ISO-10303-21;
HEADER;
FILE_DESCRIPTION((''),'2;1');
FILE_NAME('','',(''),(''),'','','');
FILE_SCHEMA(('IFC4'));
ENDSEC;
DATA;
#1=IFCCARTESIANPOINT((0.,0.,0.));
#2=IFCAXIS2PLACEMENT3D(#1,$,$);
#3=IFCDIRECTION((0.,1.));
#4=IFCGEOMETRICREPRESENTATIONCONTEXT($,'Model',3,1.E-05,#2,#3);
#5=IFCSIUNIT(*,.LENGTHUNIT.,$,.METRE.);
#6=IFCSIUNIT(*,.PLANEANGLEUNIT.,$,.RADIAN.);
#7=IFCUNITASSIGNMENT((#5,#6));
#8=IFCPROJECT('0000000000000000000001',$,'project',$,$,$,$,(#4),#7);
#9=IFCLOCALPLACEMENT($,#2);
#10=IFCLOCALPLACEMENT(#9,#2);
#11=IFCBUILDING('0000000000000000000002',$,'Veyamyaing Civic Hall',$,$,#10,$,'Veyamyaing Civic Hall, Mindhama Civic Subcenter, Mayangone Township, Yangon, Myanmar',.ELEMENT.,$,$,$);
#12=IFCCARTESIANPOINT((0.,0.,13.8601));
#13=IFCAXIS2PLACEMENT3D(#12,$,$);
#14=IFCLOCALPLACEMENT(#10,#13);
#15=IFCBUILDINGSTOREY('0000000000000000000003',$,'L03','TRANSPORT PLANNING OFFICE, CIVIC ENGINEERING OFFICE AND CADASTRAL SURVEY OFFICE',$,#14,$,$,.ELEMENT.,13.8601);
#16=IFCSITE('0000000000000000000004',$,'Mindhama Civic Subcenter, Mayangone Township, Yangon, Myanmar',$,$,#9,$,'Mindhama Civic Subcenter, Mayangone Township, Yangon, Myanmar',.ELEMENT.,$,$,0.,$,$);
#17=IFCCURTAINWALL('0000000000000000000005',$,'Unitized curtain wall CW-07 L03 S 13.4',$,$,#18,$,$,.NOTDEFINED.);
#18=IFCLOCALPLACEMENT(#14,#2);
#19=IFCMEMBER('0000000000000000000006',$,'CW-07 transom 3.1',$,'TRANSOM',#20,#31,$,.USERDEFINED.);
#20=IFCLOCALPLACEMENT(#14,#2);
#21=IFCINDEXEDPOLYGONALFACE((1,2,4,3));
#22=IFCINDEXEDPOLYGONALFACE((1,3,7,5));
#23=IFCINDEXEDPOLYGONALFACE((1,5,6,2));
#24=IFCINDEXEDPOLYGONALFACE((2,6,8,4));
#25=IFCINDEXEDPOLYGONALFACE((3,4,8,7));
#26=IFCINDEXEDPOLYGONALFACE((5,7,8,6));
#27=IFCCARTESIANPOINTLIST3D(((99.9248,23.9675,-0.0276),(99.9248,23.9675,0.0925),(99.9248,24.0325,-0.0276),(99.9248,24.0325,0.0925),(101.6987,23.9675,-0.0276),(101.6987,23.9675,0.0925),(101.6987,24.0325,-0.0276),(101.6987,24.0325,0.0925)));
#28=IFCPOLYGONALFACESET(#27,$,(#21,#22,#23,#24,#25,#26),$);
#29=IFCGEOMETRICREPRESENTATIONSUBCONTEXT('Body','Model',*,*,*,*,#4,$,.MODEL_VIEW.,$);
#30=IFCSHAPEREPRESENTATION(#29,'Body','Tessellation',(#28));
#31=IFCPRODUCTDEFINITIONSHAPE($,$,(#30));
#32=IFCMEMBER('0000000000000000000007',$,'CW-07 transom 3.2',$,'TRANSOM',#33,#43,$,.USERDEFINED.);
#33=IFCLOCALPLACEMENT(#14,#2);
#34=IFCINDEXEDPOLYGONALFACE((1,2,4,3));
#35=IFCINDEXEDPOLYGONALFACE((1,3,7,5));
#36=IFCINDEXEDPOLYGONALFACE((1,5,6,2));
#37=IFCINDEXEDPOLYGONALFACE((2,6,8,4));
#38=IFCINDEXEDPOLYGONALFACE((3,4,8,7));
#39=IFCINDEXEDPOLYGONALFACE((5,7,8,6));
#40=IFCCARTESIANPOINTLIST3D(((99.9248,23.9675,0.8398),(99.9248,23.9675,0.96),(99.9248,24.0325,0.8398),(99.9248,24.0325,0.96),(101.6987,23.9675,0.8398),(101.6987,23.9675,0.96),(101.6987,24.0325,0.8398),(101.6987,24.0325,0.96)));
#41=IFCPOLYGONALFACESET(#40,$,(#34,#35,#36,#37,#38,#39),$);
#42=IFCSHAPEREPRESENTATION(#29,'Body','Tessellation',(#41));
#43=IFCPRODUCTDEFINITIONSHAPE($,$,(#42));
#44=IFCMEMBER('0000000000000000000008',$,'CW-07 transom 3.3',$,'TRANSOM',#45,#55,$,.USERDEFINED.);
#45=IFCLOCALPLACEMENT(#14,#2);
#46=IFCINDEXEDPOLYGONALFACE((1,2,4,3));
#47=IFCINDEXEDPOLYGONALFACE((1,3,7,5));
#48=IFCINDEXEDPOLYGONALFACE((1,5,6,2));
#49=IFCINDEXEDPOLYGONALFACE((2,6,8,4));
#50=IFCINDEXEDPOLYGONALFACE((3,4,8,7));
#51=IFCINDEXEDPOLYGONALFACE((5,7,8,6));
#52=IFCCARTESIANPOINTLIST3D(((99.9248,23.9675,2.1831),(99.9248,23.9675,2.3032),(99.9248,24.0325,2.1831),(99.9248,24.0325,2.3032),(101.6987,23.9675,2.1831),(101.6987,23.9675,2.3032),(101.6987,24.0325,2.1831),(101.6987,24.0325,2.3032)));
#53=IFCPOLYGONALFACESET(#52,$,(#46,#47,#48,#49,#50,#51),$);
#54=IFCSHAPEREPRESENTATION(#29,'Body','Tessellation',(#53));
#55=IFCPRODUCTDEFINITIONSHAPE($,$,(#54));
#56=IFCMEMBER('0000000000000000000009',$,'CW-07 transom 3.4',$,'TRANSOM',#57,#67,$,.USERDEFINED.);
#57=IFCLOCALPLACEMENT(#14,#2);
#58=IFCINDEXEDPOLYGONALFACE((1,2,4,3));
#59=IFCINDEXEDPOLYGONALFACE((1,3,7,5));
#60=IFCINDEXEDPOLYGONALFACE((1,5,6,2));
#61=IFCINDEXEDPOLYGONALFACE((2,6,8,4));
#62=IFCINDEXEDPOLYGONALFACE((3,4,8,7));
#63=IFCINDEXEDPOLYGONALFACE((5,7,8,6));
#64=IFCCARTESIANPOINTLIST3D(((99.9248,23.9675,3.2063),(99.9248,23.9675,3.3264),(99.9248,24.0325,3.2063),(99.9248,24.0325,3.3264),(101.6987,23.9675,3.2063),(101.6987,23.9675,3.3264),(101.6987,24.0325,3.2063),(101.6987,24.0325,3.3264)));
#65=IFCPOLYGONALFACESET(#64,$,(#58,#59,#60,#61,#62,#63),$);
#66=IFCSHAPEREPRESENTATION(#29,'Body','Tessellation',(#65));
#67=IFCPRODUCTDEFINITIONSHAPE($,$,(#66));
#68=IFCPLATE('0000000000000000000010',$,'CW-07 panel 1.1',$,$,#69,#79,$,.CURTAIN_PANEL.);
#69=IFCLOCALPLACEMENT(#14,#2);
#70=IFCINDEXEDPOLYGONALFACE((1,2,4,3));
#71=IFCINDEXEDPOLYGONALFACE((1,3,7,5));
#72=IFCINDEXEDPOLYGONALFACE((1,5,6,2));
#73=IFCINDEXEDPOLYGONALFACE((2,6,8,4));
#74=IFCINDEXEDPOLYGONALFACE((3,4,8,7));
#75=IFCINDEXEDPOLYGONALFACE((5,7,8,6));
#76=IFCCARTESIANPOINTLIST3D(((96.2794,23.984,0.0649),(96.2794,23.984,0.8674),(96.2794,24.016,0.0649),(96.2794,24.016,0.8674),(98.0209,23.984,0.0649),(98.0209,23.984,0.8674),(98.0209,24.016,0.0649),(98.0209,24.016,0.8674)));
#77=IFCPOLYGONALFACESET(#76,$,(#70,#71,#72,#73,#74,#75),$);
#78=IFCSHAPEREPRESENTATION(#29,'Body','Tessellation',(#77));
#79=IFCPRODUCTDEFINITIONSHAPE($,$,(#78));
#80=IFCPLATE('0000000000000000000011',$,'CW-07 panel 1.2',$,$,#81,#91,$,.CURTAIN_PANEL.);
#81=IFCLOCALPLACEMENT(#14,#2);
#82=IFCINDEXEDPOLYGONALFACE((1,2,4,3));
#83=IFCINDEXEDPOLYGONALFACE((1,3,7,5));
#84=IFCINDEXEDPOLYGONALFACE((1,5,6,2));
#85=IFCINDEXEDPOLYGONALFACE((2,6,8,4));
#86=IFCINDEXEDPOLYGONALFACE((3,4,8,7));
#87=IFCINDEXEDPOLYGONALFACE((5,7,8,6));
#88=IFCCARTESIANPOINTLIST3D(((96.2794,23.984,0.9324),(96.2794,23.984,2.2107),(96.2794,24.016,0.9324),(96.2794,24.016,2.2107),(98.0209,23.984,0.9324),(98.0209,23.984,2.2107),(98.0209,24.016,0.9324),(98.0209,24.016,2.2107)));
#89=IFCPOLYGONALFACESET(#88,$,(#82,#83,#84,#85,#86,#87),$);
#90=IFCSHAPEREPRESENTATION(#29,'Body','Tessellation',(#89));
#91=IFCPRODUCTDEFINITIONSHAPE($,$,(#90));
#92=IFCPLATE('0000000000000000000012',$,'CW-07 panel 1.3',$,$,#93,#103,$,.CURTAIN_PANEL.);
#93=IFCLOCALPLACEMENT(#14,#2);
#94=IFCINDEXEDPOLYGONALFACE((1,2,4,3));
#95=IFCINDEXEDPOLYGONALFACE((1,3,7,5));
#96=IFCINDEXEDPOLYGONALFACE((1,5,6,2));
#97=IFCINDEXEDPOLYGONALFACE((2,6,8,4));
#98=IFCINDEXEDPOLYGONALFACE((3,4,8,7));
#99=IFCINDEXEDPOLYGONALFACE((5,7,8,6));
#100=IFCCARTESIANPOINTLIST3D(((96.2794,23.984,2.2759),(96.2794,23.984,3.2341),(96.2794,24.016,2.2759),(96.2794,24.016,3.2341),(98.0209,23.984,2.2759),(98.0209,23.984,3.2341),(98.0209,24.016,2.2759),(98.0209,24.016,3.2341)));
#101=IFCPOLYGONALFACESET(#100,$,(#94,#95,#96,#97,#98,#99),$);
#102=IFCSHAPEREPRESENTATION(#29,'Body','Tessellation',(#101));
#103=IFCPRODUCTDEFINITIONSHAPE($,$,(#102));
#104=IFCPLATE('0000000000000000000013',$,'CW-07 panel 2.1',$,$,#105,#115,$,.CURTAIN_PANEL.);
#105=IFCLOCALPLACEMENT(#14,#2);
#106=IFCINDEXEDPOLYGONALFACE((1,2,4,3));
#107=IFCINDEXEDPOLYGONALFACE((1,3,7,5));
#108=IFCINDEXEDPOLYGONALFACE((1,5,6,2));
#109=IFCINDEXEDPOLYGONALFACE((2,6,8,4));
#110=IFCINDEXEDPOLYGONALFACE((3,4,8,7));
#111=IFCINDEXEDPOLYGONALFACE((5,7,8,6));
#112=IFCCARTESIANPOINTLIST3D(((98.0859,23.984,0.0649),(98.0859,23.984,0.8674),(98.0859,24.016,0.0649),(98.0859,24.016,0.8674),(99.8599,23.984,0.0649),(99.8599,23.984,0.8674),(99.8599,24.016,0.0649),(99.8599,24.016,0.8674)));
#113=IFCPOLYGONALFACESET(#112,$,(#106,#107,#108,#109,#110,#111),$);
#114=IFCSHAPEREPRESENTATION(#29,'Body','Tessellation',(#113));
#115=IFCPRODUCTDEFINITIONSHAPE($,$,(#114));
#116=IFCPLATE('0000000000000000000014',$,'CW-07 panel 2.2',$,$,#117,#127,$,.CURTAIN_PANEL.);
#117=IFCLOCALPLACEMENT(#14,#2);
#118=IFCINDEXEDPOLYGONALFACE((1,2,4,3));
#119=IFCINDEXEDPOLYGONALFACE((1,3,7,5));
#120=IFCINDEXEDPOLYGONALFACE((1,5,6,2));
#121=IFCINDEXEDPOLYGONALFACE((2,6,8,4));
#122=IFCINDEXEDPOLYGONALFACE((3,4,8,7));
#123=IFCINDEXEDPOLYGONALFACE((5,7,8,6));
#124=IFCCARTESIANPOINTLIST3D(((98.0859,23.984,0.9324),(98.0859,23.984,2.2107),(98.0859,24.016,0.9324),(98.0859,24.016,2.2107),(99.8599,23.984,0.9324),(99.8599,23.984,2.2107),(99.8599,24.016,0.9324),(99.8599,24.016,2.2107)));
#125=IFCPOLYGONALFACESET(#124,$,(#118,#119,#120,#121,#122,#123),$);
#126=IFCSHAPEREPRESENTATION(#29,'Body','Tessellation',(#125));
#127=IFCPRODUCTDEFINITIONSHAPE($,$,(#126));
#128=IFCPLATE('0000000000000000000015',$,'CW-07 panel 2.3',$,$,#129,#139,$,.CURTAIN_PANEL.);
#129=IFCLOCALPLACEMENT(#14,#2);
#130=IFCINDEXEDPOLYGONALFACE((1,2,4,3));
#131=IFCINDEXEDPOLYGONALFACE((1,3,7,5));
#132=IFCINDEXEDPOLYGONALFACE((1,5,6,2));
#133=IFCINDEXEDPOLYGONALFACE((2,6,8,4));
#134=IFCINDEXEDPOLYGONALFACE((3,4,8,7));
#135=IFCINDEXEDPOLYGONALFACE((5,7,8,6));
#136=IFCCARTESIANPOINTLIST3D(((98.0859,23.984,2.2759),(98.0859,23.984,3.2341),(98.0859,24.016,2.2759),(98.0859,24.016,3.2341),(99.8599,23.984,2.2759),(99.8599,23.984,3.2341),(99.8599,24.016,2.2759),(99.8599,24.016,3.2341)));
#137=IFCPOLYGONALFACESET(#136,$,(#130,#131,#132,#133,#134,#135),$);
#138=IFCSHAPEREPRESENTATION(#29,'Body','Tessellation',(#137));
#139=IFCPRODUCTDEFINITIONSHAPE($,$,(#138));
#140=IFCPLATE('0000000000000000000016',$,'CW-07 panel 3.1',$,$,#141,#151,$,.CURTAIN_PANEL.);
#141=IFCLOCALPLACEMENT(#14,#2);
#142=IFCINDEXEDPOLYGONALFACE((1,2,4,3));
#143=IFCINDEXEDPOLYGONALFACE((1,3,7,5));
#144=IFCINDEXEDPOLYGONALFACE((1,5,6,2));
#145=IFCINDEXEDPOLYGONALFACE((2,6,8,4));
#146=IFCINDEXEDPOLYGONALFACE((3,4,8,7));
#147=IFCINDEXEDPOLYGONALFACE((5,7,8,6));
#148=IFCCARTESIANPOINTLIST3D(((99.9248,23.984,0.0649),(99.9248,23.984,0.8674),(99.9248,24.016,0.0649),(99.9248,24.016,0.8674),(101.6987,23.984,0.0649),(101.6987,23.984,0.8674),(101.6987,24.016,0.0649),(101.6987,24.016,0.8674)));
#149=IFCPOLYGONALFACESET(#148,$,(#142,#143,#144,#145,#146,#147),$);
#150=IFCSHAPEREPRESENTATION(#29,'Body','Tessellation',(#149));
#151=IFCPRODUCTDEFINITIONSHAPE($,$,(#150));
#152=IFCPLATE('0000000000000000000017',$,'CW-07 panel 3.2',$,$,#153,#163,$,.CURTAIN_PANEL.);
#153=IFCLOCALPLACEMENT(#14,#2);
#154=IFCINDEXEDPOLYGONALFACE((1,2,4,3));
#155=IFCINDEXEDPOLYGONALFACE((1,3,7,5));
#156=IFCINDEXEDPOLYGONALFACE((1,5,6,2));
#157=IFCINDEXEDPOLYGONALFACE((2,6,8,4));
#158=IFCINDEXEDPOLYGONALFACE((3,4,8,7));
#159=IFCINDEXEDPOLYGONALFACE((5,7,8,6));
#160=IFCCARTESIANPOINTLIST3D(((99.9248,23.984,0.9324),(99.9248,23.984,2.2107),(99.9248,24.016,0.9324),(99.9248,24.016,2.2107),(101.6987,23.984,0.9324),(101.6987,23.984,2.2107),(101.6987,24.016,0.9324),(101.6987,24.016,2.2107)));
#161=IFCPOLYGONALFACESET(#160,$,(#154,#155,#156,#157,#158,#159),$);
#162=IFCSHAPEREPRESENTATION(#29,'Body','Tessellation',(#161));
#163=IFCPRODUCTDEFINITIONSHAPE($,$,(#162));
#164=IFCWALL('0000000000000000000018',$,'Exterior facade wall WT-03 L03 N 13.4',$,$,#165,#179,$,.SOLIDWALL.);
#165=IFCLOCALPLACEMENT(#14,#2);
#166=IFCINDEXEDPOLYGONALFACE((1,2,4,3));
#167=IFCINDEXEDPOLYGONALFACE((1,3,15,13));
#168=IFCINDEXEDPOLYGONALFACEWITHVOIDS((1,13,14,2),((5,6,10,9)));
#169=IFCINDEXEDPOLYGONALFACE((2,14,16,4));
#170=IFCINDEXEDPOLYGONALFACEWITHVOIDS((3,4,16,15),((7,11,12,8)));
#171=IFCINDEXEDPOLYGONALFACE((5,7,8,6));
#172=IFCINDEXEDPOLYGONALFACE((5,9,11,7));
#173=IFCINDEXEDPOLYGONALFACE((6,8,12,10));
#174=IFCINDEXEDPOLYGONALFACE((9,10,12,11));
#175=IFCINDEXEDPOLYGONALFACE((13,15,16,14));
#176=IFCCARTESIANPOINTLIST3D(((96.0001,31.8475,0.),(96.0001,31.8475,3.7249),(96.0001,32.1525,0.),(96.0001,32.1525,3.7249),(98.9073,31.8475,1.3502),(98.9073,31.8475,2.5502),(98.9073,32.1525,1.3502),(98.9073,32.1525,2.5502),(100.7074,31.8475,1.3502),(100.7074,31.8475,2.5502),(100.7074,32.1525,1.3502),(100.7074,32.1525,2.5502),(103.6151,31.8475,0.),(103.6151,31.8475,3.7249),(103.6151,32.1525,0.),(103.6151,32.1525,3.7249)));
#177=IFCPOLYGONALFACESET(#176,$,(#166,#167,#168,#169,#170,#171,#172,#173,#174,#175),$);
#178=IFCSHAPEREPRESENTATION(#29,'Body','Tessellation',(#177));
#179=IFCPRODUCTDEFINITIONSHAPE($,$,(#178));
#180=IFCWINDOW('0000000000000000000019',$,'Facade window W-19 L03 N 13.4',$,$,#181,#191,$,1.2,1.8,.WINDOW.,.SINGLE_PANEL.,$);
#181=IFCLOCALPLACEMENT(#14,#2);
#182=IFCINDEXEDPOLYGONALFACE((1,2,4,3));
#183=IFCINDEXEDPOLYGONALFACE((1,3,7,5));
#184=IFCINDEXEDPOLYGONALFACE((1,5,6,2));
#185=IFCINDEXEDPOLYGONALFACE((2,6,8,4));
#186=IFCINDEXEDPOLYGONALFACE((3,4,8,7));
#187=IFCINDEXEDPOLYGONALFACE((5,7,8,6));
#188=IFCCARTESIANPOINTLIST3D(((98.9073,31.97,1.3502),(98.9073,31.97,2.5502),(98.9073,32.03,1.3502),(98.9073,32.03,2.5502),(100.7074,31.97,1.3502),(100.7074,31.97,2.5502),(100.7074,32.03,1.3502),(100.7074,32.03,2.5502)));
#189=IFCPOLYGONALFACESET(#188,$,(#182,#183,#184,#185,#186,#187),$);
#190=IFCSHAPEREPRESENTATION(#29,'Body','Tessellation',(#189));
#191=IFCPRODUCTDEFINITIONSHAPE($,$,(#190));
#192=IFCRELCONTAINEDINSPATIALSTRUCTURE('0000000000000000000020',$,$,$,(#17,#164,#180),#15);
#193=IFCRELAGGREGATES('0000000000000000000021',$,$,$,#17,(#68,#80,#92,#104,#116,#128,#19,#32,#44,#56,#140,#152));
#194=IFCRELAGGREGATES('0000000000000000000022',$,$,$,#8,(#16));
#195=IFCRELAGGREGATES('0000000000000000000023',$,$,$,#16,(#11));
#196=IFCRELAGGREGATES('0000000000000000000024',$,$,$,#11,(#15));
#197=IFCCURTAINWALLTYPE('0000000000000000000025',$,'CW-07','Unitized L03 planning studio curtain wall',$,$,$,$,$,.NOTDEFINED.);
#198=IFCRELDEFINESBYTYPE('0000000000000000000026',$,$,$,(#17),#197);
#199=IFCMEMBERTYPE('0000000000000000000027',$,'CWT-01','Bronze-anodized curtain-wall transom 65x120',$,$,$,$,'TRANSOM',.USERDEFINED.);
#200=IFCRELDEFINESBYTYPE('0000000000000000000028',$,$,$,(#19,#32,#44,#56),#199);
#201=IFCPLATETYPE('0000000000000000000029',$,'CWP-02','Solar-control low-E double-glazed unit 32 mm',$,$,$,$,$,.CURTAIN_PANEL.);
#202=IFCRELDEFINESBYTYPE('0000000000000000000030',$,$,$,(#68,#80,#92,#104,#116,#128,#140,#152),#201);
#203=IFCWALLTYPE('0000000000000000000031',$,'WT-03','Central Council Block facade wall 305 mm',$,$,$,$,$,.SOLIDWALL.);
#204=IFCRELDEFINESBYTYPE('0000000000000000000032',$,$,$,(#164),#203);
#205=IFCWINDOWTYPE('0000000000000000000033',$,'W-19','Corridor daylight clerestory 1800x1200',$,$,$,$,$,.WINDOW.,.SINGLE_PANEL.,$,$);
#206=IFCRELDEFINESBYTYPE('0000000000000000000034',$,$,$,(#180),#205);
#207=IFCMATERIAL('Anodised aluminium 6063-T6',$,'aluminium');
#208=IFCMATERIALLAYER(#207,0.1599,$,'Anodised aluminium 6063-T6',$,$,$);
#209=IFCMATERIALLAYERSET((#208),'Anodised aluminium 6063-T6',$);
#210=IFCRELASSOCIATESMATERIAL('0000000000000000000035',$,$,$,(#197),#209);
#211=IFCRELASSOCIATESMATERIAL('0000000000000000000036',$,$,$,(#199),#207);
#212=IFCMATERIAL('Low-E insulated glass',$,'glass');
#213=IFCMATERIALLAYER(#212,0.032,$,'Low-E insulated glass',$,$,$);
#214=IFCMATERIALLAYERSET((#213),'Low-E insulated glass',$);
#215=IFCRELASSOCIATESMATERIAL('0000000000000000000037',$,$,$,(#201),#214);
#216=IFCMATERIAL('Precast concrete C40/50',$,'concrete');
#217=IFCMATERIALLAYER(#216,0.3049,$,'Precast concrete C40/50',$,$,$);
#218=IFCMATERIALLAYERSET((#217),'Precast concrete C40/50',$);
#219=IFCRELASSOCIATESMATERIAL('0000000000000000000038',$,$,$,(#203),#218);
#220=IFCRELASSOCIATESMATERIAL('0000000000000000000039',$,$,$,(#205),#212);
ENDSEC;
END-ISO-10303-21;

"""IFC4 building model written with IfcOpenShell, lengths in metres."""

from ifc_helpers import new_model, si_unit, direction, frame, frame_2d, origin, origin_2d, place, context, subcontext, project, spatial, rectangle, extrude, material, layer, layer_set, material_profile, profile_set, type_object, element, fill, aggregate, save


model = new_model("IFC4")

# Units and contexts
model_context = context("Model", 3, precision=1e-05, world=origin(), true_north=direction((0.0, 1.0)))
body_context = subcontext(model_context, "Body", "Model", "MODEL_VIEW")
ifc_project = project(units=[si_unit("LENGTHUNIT", "METRE"), si_unit("PLANEANGLEUNIT", "RADIAN")], contexts=[model_context])

# Site, building, storey
site_placement = place(None, origin())
site = spatial("IfcSite", under=ifc_project, at=site_placement, Name="Mindhama Civic Subcenter, Mayangone Township, Yangon, Myanmar", LongName="Mindhama Civic Subcenter, Mayangone Township, Yangon, Myanmar", CompositionType="ELEMENT", RefElevation=0.0)
building_placement = place(site_placement, origin())
building = spatial("IfcBuilding", under=site, at=building_placement, Name="Veyamyaing Civic Hall", LongName="Veyamyaing Civic Hall, Mindhama Civic Subcenter, Mayangone Township, Yangon, Myanmar", CompositionType="ELEMENT")
storey_placement = place(building_placement, frame((0.0, 0.0, 13.8601)))
storey = spatial("IfcBuildingStorey", under=building, at=storey_placement, Name="L03", Description="TRANSPORT PLANNING OFFICE, CIVIC ENGINEERING OFFICE AND CADASTRAL SURVEY OFFICE", CompositionType="ELEMENT", Elevation=13.8601)

# Curtain wall, members, plates
ifc_material_1 = material(Name="Anodised aluminium 6063-T6", Category="aluminium")
ifc_layer_1 = layer(ifc_material_1, 0.1599, Name="Anodised aluminium 6063-T6")
ifc_layer_set_1 = layer_set([ifc_layer_1], Name="Anodised aluminium 6063-T6")
curtain_wall_type = type_object("IfcCurtainWallType", Name="CW-07", Description="Unitized L03 planning studio curtain wall", PredefinedType="NOTDEFINED", material=ifc_layer_set_1)
curtain_wall_placement = place(storey_placement, origin())
curtain_wall = element("IfcCurtainWall", 1, at=curtain_wall_placement, inside=storey, type_object=curtain_wall_type, Name="Unitized curtain wall CW-07 L03 S 13.4", PredefinedType="NOTDEFINED")
ifc_material_profile_1 = material_profile(ifc_material_1, rectangle(XDim=0.0649, YDim=0.1201, at=origin_2d()), Name="ALU-TRN-65X120")
ifc_profile_set_1 = profile_set([ifc_material_profile_1], Name="Anodised aluminium 6063-T6")
member_type_1 = type_object("IfcMemberType", Name="CWT-01", Description="Bronze-anodized curtain-wall transom 65x120", ElementType="TRANSOM", PredefinedType="USERDEFINED", material=ifc_profile_set_1)
member_1_placement = place(storey_placement, frame((99.9248, 24.0, 0.0325), z_axis=(1.0, 0.0, 0.0), x_axis=(0.0, 1.0, 0.0)))
member_1 = element("IfcMember", 2, at=member_1_placement, type_object=member_type_1, Name="CW-07 transom 3.1", ObjectType="TRANSOM", PredefinedType="USERDEFINED", context=body_context, shape_type="SweptSolid", body=[
    extrude(rectangle(XDim=0.0649, YDim=0.1201, at=origin_2d()), origin(), (0.0, 0.0, 1.0), 1.7739),
])
member_2_placement = place(storey_placement, frame((99.9248, 24.0, 0.8999), z_axis=(1.0, 0.0, 0.0), x_axis=(0.0, 1.0, 0.0)))
member_2 = element("IfcMember", 3, at=member_2_placement, type_object=member_type_1, Name="CW-07 transom 3.2", ObjectType="TRANSOM", PredefinedType="USERDEFINED", context=body_context, shape_type="SweptSolid", body=[
    extrude(rectangle(XDim=0.0649, YDim=0.1201, at=origin_2d()), origin(), (0.0, 0.0, 1.0), 1.7739),
])
member_3_placement = place(storey_placement, frame((99.9248, 24.0, 2.2432), z_axis=(1.0, 0.0, 0.0), x_axis=(0.0, 1.0, 0.0)))
member_3 = element("IfcMember", 4, at=member_3_placement, type_object=member_type_1, Name="CW-07 transom 3.3", ObjectType="TRANSOM", PredefinedType="USERDEFINED", context=body_context, shape_type="SweptSolid", body=[
    extrude(rectangle(XDim=0.0649, YDim=0.1201, at=origin_2d()), origin(), (0.0, 0.0, 1.0), 1.7739),
])
member_4_placement = place(storey_placement, frame((99.9248, 24.0, 3.2664), z_axis=(1.0, 0.0, 0.0), x_axis=(0.0, 1.0, 0.0)))
member_4 = element("IfcMember", 5, at=member_4_placement, type_object=member_type_1, Name="CW-07 transom 3.4", ObjectType="TRANSOM", PredefinedType="USERDEFINED", context=body_context, shape_type="SweptSolid", body=[
    extrude(rectangle(XDim=0.0649, YDim=0.1201, at=origin_2d()), origin(), (0.0, 0.0, 1.0), 1.7739),
])
ifc_material_2 = material(Name="Low-E insulated glass", Category="glass")
ifc_layer_2 = layer(ifc_material_2, 0.032, Name="Low-E insulated glass")
ifc_layer_set_2 = layer_set([ifc_layer_2], Name="Low-E insulated glass")
plate_type = type_object("IfcPlateType", Name="CWP-02", Description="Solar-control low-E double-glazed unit 32 mm", PredefinedType="CURTAIN_PANEL", material=ifc_layer_set_2)
plate_1_placement = place(storey_placement, frame((97.1501, 24.0, 0.0649), z_axis=(0.0, 0.0, 1.0), x_axis=(1.0, 0.0, 0.0)))
plate_1 = element("IfcPlate", 6, at=plate_1_placement, type_object=plate_type, Name="CW-07 panel 1.1", PredefinedType="CURTAIN_PANEL", context=body_context, shape_type="SweptSolid", body=[
    extrude(rectangle(XDim=1.7415, YDim=0.032, at=origin_2d()), origin(), (0.0, 0.0, 1.0), 0.8025),
])
plate_2_placement = place(storey_placement, frame((97.1501, 24.0, 0.9324), z_axis=(0.0, 0.0, 1.0), x_axis=(1.0, 0.0, 0.0)))
plate_2 = element("IfcPlate", 7, at=plate_2_placement, type_object=plate_type, Name="CW-07 panel 1.2", PredefinedType="CURTAIN_PANEL", context=body_context, shape_type="SweptSolid", body=[
    extrude(rectangle(XDim=1.7415, YDim=0.032, at=origin_2d()), origin(), (0.0, 0.0, 1.0), 1.2783),
])
plate_3_placement = place(storey_placement, frame((97.1501, 24.0, 2.2759), z_axis=(0.0, 0.0, 1.0), x_axis=(1.0, 0.0, 0.0)))
plate_3 = element("IfcPlate", 8, at=plate_3_placement, type_object=plate_type, Name="CW-07 panel 1.3", PredefinedType="CURTAIN_PANEL", context=body_context, shape_type="SweptSolid", body=[
    extrude(rectangle(XDim=1.7415, YDim=0.032, at=origin_2d()), origin(), (0.0, 0.0, 1.0), 0.9583),
])
plate_4_placement = place(storey_placement, frame((98.9729, 24.0, 0.0649), z_axis=(0.0, 0.0, 1.0), x_axis=(1.0, 0.0, 0.0)))
plate_4 = element("IfcPlate", 9, at=plate_4_placement, type_object=plate_type, Name="CW-07 panel 2.1", PredefinedType="CURTAIN_PANEL", context=body_context, shape_type="SweptSolid", body=[
    extrude(rectangle(XDim=1.7739, YDim=0.032, at=origin_2d()), origin(), (0.0, 0.0, 1.0), 0.8025),
])
plate_5_placement = place(storey_placement, frame((98.9729, 24.0, 0.9324), z_axis=(0.0, 0.0, 1.0), x_axis=(1.0, 0.0, 0.0)))
plate_5 = element("IfcPlate", 10, at=plate_5_placement, type_object=plate_type, Name="CW-07 panel 2.2", PredefinedType="CURTAIN_PANEL", context=body_context, shape_type="SweptSolid", body=[
    extrude(rectangle(XDim=1.7739, YDim=0.032, at=origin_2d()), origin(), (0.0, 0.0, 1.0), 1.2783),
])
plate_6_placement = place(storey_placement, frame((98.9729, 24.0, 2.2759), z_axis=(0.0, 0.0, 1.0), x_axis=(1.0, 0.0, 0.0)))
plate_6 = element("IfcPlate", 11, at=plate_6_placement, type_object=plate_type, Name="CW-07 panel 2.3", PredefinedType="CURTAIN_PANEL", context=body_context, shape_type="SweptSolid", body=[
    extrude(rectangle(XDim=1.7739, YDim=0.032, at=origin_2d()), origin(), (0.0, 0.0, 1.0), 0.9583),
])
plate_7_placement = place(storey_placement, frame((100.8118, 24.0, 0.0649), z_axis=(0.0, 0.0, 1.0), x_axis=(1.0, 0.0, 0.0)))
plate_7 = element("IfcPlate", 12, at=plate_7_placement, type_object=plate_type, Name="CW-07 panel 3.1", PredefinedType="CURTAIN_PANEL", context=body_context, shape_type="SweptSolid", body=[
    extrude(rectangle(XDim=1.7739, YDim=0.032, at=origin_2d()), origin(), (0.0, 0.0, 1.0), 0.8025),
])
plate_8_placement = place(storey_placement, frame((100.8118, 24.0, 0.9324), z_axis=(0.0, 0.0, 1.0), x_axis=(1.0, 0.0, 0.0)))
plate_8 = element("IfcPlate", 13, at=plate_8_placement, type_object=plate_type, Name="CW-07 panel 3.2", PredefinedType="CURTAIN_PANEL", context=body_context, shape_type="SweptSolid", body=[
    extrude(rectangle(XDim=1.7739, YDim=0.032, at=origin_2d()), origin(), (0.0, 0.0, 1.0), 1.2783),
])
aggregate(curtain_wall, [plate_1, plate_2, plate_3, plate_4, plate_5, plate_6, member_1, member_2, member_3, member_4, plate_7, plate_8])

# Wall, opening, window
ifc_material_3 = material(Name="Precast concrete C40/50", Category="concrete")
ifc_layer_3 = layer(ifc_material_3, 0.3049, Name="Precast concrete C40/50")
ifc_layer_set_3 = layer_set([ifc_layer_3], Name="Precast concrete C40/50")
wall_type = type_object("IfcWallType", Name="WT-03", Description="Central Council Block facade wall 305 mm", PredefinedType="SOLIDWALL", material=ifc_layer_set_3)
wall_placement = place(storey_placement, frame((96.0, 32.0, 0.0), z_axis=(0.0, 0.0, 1.0), x_axis=(1.0, 0.0, 0.0)))
wall = element("IfcWall", 14, at=wall_placement, inside=storey, type_object=wall_type, Name="Exterior facade wall WT-03 L03 N 13.4", PredefinedType="SOLIDWALL", context=body_context, shape_type="SweptSolid", body=[
    extrude(rectangle(XDim=7.615, YDim=0.3049, at=frame_2d((3.8076, 0.0))), origin(), (0.0, 0.0, 1.0), 3.7249),
])
opening_placement = place(wall_placement, frame((2.9075, 0.0, 1.3501)))
opening = element("IfcOpeningElement", 15, at=opening_placement, cuts=wall, PredefinedType="OPENING", context=body_context, shape_type="SweptSolid", body=[
    extrude(rectangle(XDim=1.8, YDim=1.2, at=frame_2d((0.8999, 0.6001))), frame((0.0, 0.1624, 0.0), z_axis=(0.0, -1.0, 0.0), x_axis=(1.0, 0.0, 0.0)), (0.0, 0.0, 1.0), 0.325),
])
window_type = type_object("IfcWindowType", Name="W-19", Description="Corridor daylight clerestory 1800x1200", PartitioningType="SINGLE_PANEL", PredefinedType="WINDOW", material=ifc_material_2)
window_placement = place(opening_placement, origin())
window = element("IfcWindow", 16, at=window_placement, inside=storey, type_object=window_type, Name="Facade window W-19 L03 N 13.4", OverallHeight=1.2, OverallWidth=1.8, PartitioningType="SINGLE_PANEL", PredefinedType="WINDOW", context=body_context, shape_type="SweptSolid", body=[
    extrude(rectangle(XDim=1.8, YDim=1.2, at=frame_2d((0.8999, 0.6001))), frame((0.0, 0.03, 0.0), z_axis=(0.0, -1.0, 0.0), x_axis=(1.0, 0.0, 0.0)), (0.0, 0.0, 1.0), 0.0601),
])
fill(opening, window)

save(model, "model.ifc")
